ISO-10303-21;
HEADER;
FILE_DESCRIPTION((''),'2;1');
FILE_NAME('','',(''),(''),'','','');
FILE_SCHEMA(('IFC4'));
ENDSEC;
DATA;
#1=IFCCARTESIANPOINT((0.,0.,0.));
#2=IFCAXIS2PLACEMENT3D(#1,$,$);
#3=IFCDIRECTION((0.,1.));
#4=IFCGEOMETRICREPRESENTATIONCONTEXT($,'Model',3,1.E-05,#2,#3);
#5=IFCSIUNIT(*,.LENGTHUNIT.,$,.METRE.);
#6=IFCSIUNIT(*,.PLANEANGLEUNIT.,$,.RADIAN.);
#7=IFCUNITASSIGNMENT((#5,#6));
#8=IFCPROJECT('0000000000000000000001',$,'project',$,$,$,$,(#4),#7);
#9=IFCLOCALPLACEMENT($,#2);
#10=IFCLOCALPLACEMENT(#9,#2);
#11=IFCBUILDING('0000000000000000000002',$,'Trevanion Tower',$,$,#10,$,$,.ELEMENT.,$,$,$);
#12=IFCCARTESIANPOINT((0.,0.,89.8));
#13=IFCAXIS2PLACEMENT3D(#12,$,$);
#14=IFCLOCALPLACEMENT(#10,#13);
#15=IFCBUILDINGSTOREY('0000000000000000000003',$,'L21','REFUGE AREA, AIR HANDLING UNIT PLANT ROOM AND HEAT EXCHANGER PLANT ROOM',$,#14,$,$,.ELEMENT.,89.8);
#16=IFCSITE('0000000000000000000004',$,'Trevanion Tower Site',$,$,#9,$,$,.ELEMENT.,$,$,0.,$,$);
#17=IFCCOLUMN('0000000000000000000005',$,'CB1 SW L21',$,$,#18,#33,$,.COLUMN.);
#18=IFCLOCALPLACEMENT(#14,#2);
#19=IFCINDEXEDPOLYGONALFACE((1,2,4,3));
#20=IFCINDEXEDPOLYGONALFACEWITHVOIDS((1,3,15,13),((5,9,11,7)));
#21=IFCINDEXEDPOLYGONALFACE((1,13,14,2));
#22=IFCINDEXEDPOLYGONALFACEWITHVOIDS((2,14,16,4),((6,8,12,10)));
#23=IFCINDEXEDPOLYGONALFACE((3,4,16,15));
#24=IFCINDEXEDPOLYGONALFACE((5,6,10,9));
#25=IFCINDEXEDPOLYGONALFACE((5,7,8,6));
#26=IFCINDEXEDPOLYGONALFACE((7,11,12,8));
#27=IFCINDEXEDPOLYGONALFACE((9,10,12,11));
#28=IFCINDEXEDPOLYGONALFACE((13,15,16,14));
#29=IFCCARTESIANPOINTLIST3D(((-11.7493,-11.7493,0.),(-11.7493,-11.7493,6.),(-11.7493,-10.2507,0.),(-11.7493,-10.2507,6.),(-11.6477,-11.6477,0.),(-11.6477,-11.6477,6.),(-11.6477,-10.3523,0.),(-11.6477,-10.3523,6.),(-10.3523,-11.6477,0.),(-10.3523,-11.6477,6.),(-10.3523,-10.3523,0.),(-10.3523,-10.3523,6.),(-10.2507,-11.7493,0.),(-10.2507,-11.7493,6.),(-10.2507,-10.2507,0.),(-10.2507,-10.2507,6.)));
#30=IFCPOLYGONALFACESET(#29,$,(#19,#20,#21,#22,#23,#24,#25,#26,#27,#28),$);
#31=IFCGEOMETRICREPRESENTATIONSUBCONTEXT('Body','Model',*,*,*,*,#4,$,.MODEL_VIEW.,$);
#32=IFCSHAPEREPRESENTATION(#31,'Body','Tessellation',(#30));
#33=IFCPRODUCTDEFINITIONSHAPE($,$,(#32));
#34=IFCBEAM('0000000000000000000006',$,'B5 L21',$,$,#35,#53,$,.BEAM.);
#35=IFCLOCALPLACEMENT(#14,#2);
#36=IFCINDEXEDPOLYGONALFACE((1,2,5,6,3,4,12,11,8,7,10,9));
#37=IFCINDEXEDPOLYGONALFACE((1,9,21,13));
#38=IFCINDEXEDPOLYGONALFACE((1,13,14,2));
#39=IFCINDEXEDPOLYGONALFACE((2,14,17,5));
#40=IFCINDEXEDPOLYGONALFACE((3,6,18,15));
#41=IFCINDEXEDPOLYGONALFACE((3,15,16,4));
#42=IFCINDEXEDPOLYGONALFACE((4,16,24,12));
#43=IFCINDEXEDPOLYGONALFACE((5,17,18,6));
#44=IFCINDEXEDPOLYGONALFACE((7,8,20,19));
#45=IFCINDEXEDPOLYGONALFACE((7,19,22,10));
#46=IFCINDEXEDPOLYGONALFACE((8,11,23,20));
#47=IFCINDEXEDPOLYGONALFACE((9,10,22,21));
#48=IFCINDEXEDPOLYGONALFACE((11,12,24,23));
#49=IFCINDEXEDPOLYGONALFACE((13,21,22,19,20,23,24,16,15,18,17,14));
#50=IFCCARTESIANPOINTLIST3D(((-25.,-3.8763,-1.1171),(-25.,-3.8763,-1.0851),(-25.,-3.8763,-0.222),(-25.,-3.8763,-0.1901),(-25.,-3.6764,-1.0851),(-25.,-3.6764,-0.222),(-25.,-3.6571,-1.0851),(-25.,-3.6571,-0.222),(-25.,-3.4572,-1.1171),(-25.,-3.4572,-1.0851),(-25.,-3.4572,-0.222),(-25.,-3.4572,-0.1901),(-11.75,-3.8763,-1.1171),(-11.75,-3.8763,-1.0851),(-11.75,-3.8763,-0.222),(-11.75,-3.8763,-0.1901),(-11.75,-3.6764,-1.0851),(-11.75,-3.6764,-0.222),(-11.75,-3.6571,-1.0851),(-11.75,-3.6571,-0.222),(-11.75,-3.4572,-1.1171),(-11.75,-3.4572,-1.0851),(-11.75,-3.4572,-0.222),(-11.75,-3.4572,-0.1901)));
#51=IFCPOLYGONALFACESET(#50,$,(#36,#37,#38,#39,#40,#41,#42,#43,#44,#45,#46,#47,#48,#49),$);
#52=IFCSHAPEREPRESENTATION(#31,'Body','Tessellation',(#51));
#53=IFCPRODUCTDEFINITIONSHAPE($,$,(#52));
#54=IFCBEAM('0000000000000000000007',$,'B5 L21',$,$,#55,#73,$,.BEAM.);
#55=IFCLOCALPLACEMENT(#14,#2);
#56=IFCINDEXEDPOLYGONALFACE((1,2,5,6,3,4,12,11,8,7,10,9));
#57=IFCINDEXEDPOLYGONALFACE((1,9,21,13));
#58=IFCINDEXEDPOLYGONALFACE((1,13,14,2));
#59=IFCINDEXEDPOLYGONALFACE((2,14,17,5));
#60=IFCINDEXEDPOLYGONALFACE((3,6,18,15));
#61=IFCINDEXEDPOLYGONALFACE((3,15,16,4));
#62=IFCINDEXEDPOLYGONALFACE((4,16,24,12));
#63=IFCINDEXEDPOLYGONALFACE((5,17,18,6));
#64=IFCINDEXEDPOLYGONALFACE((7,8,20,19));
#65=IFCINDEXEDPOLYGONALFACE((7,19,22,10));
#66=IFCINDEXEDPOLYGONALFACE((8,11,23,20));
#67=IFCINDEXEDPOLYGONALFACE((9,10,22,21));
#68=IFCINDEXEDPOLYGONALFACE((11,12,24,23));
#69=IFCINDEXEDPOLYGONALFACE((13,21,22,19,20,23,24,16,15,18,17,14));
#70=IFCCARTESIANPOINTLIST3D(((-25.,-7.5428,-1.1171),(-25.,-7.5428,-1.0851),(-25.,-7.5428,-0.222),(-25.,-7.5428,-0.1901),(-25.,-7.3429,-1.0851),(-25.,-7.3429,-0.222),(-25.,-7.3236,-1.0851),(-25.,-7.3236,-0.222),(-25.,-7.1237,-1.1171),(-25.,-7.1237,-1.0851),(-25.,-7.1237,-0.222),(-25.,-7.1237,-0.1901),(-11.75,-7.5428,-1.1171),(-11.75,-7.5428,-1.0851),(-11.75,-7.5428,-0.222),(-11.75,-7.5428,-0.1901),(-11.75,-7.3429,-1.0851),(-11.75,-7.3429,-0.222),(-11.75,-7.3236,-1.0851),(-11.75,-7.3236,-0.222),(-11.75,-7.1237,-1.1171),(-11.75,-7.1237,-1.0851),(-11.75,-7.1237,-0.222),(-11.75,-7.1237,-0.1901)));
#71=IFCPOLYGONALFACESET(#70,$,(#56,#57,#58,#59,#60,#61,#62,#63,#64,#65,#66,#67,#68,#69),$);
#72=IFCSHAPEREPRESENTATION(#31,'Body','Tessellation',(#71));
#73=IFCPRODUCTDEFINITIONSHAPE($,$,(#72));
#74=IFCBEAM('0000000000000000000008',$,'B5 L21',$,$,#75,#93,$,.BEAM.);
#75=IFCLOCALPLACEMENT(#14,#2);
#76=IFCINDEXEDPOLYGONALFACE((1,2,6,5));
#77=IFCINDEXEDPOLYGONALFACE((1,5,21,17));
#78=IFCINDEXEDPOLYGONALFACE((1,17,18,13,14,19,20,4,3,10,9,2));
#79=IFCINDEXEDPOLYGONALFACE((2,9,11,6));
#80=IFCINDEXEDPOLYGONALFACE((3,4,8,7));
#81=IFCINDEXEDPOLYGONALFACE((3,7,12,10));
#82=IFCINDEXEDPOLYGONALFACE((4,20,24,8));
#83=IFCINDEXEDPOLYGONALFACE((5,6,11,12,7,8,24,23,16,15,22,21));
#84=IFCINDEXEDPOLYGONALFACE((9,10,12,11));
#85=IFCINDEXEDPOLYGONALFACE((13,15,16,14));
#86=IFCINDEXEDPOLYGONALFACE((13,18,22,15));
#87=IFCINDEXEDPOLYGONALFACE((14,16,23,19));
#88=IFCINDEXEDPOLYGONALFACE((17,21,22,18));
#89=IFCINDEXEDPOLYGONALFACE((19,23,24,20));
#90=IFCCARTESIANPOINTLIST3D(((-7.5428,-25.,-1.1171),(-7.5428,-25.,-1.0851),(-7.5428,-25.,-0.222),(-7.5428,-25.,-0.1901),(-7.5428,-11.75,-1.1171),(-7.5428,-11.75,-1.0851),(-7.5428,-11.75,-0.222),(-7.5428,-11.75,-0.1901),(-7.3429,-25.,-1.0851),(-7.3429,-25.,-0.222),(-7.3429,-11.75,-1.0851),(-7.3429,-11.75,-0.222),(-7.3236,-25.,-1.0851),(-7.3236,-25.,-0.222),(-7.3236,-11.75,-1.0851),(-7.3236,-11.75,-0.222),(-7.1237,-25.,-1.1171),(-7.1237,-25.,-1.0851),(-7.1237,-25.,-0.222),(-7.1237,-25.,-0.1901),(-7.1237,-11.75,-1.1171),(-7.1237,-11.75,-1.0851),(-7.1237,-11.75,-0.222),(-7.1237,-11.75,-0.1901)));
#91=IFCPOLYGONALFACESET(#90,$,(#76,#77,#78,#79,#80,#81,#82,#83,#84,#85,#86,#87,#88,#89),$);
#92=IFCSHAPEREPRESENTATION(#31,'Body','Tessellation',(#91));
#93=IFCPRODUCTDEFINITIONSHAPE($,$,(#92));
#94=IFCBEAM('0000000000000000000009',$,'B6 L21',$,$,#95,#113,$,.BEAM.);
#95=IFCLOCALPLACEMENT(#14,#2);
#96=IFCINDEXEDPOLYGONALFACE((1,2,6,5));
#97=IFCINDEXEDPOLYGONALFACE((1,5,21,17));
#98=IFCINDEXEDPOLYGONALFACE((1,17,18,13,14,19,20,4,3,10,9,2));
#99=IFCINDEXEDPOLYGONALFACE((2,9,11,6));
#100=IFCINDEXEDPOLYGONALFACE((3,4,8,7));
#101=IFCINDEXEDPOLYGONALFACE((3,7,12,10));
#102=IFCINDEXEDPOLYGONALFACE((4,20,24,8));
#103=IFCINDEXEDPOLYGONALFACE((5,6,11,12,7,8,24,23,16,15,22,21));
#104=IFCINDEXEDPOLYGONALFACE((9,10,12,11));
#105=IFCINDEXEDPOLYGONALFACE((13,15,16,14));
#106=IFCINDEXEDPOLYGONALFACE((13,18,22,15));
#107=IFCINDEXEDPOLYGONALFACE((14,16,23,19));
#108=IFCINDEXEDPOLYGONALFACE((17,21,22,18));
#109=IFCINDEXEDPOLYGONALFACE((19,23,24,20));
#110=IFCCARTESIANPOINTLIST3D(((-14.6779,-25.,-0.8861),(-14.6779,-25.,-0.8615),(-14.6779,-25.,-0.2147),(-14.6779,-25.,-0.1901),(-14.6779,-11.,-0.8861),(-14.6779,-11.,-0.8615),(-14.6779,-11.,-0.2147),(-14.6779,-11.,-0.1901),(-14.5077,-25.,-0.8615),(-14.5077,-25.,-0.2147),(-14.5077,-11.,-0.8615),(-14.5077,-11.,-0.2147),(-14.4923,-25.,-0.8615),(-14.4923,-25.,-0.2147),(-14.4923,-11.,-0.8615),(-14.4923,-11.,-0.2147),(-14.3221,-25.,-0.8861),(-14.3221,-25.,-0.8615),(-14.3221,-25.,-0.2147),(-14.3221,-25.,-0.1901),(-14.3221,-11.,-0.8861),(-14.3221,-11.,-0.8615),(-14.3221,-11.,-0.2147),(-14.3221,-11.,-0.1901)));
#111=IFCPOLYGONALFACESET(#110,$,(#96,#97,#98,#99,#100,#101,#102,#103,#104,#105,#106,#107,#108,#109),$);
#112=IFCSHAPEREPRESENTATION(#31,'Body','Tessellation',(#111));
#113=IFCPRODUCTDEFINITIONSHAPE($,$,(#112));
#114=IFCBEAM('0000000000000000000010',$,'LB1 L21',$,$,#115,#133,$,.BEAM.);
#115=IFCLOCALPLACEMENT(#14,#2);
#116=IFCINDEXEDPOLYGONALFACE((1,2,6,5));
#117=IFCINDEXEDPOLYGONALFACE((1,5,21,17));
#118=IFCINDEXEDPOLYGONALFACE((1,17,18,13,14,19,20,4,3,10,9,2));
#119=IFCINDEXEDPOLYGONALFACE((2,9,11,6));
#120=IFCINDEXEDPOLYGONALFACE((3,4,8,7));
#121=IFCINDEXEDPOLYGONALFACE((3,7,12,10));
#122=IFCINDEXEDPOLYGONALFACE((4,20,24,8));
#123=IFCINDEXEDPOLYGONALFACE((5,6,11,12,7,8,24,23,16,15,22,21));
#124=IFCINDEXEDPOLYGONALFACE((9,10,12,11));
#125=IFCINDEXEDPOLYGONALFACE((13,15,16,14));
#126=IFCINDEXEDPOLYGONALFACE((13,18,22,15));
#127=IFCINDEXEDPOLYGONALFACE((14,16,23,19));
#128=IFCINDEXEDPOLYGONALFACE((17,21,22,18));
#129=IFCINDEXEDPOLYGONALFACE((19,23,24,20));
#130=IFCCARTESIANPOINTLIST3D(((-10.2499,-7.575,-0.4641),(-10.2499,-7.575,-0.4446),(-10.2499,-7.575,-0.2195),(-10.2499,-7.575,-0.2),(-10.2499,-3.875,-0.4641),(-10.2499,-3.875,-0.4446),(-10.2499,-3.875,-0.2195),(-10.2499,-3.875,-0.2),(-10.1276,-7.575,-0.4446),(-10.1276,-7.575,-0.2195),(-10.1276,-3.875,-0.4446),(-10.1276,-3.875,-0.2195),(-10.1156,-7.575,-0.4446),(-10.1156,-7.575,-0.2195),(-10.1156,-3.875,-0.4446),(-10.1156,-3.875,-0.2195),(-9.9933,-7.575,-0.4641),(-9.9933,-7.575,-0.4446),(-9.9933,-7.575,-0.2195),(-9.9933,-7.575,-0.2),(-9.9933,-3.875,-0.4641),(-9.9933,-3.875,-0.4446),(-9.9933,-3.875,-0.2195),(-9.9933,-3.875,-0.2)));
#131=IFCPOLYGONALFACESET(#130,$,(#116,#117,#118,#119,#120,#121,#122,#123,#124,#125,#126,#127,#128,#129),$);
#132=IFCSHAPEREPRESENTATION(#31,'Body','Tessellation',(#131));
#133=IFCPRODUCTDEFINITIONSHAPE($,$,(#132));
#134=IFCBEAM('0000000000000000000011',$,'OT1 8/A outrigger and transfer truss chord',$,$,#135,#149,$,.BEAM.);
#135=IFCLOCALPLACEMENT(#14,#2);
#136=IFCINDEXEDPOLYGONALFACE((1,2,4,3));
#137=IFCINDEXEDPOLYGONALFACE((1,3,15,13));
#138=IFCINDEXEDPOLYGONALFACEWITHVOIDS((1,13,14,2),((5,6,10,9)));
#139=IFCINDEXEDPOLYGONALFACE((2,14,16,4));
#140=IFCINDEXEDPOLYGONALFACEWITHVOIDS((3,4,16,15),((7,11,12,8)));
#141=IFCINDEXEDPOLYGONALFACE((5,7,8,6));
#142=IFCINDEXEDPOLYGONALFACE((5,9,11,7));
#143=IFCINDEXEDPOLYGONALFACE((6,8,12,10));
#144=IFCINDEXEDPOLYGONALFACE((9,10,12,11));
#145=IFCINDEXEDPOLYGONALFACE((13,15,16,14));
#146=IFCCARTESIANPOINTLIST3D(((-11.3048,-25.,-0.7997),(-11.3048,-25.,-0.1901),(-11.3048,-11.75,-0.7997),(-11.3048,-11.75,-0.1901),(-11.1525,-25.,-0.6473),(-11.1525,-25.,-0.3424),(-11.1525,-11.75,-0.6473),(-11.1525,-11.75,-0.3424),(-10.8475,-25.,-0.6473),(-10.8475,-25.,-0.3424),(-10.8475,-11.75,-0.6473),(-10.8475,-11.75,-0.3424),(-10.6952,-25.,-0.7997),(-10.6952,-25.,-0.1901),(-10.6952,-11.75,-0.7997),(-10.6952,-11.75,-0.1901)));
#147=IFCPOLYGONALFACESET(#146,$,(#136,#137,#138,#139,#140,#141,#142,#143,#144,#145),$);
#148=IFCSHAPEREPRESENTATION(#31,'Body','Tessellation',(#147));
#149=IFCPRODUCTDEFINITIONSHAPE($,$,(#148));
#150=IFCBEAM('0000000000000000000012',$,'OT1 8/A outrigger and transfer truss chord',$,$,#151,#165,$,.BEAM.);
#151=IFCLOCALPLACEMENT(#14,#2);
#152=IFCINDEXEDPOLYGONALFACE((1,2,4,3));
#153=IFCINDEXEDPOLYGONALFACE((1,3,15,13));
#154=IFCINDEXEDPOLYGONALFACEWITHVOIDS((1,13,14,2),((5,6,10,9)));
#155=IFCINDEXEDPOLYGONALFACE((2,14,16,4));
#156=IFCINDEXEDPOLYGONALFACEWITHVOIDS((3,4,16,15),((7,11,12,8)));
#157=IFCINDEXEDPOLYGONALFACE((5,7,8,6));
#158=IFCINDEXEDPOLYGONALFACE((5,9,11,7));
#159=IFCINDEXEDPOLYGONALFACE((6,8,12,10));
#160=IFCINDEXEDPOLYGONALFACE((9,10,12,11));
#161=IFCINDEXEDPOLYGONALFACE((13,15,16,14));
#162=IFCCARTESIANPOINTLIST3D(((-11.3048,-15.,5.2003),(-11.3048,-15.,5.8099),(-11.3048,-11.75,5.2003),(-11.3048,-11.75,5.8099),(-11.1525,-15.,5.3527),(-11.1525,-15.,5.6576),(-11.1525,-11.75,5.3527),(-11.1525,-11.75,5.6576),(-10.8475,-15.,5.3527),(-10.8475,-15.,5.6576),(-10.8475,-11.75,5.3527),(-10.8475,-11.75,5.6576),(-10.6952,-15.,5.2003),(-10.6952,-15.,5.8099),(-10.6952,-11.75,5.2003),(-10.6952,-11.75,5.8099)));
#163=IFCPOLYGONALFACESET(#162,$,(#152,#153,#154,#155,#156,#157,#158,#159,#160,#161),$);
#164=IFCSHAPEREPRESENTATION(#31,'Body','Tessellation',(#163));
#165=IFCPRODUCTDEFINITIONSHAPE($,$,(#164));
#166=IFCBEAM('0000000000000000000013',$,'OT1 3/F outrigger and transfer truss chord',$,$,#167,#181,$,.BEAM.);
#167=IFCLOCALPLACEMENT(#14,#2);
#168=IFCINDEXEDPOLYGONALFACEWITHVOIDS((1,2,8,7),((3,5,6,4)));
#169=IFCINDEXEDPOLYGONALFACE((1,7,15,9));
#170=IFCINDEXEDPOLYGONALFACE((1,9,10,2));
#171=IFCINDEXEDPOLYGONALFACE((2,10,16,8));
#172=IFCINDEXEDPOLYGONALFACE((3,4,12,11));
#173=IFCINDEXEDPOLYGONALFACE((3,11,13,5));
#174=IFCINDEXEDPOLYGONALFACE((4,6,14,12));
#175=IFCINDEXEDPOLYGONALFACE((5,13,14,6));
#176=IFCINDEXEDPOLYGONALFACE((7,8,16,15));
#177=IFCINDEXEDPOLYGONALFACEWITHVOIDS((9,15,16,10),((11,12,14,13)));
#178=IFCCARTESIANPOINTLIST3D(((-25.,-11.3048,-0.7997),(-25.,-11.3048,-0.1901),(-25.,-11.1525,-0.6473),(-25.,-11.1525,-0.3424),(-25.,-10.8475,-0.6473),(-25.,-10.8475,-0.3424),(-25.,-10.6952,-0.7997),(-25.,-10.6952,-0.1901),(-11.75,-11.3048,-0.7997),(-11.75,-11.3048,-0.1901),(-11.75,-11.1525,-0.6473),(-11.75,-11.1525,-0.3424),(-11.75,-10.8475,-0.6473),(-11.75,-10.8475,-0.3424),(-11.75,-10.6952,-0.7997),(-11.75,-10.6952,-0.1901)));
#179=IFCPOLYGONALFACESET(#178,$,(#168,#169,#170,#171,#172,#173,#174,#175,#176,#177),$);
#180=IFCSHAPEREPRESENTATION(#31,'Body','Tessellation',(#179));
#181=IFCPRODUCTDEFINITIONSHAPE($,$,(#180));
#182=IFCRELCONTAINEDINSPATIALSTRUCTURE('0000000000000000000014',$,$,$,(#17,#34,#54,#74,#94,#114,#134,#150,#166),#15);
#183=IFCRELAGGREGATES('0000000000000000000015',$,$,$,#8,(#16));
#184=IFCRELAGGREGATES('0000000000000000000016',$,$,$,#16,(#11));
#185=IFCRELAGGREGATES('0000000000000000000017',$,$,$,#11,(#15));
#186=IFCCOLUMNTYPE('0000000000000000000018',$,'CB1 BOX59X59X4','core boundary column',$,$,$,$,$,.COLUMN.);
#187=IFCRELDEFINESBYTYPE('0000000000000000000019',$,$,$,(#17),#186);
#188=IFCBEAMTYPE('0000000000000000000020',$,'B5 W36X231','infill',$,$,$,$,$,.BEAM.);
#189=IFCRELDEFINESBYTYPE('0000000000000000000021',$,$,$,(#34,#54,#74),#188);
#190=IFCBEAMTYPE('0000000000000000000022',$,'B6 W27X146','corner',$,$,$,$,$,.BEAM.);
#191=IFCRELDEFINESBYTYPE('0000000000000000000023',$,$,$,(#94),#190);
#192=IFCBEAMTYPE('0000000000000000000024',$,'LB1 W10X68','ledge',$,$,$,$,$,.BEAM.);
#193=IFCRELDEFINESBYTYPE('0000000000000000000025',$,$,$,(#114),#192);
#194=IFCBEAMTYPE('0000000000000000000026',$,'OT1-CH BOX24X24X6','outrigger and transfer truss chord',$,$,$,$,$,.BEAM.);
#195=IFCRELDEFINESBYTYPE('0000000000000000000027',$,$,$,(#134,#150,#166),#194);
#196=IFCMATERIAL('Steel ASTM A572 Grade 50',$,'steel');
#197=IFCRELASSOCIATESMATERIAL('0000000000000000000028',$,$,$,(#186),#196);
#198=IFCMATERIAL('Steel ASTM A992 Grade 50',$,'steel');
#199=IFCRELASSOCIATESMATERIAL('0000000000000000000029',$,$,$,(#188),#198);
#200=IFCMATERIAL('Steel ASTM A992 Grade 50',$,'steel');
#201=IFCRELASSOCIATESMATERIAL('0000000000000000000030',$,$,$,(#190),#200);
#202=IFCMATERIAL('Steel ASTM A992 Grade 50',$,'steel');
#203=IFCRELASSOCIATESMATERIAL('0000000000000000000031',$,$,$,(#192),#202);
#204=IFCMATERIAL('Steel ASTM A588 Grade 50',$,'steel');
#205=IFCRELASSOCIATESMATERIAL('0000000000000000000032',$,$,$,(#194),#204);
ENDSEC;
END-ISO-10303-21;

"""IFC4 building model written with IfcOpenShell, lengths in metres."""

from ifc_helpers import new_model, si_unit, direction, frame, origin, origin_2d, place, context, subcontext, project, spatial, hollow_rectangle, i_section, extrude, material, material_profile, profile_set, type_object, element, save


model = new_model("IFC4")

# Units and contexts
model_context = context("Model", 3, precision=1e-05, world=origin(), true_north=direction((0.0, 1.0)))
body_context = subcontext(model_context, "Body", "Model", "MODEL_VIEW")
ifc_project = project(units=[si_unit("LENGTHUNIT", "METRE"), si_unit("PLANEANGLEUNIT", "RADIAN")], contexts=[model_context])

# Site, building, storey
site_placement = place(None, origin())
site = spatial("IfcSite", under=ifc_project, at=site_placement, Name="Trevanion Tower Site", CompositionType="ELEMENT", RefElevation=0.0)
building_placement = place(site_placement, origin())
building = spatial("IfcBuilding", under=site, at=building_placement, Name="Trevanion Tower", CompositionType="ELEMENT")
storey_placement = place(building_placement, frame((0.0, 0.0, 89.8)))
storey = spatial("IfcBuildingStorey", under=building, at=storey_placement, Name="L21", Description="REFUGE AREA, AIR HANDLING UNIT PLANT ROOM AND HEAT EXCHANGER PLANT ROOM", CompositionType="ELEMENT", Elevation=89.8)

# Column
ifc_material_1 = material(Name="Steel ASTM A572 Grade 50", Category="steel")
ifc_material_profile_1 = material_profile(ifc_material_1, hollow_rectangle(XDim=1.4985, YDim=1.4985, WallThickness=0.1016, at=origin_2d()), Name="BOX59X59X4")
ifc_profile_set_1 = profile_set([ifc_material_profile_1], Name="Steel ASTM A572 Grade 50")
column_type = type_object("IfcColumnType", Name="CB1 BOX59X59X4", Description="core boundary column", PredefinedType="COLUMN", material=ifc_profile_set_1)
column_placement = place(storey_placement, frame((-11.0, -11.0, 0.0), z_axis=(0.0, 0.0, 1.0), x_axis=(1.0, 0.0, 0.0)))
element("IfcColumn", 1, at=column_placement, inside=storey, type_object=column_type, Name="CB1 SW L21", PredefinedType="COLUMN", context=body_context, shape_type="SweptSolid", body=[
    extrude(hollow_rectangle(XDim=1.4985, YDim=1.4985, WallThickness=0.1016, at=origin_2d()), origin(), (0.0, 0.0, 1.0), 6.0),
])

# Beams
ifc_material_2 = material(Name="Steel ASTM A992 Grade 50", Category="steel")
ifc_material_profile_2 = material_profile(ifc_material_2, i_section(OverallWidth=0.4192, OverallDepth=0.927, WebThickness=0.0193, FlangeThickness=0.032, at=origin_2d()), Name="W36X231")
ifc_profile_set_2 = profile_set([ifc_material_profile_2], Name="Steel ASTM A992 Grade 50")
beam_type_1 = type_object("IfcBeamType", Name="B5 W36X231", Description="infill", PredefinedType="BEAM", material=ifc_profile_set_2)
for number, where, z_axis, x_axis, name in (
    (2, (-11.75, -3.6667, -0.6536), (-1.0, 0.0, 0.0), (0.0, -1.0, 0.0), "B5 L21"),
    (3, (-11.75, -7.3333, -0.6536), (-1.0, 0.0, 0.0), (0.0, -1.0, 0.0), "B5 L21"),
    (4, (-7.3333, -11.75, -0.6536), (0.0, -1.0, 0.0), (1.0, 0.0, 0.0), "B5 L21"),
):
    element("IfcBeam", number, at=place(storey_placement, frame(where, z_axis=z_axis, x_axis=x_axis)), inside=storey, type_object=beam_type_1, Name=name, PredefinedType="BEAM", context=body_context, shape_type="SweptSolid", body=[
        extrude(i_section(OverallWidth=0.4192, OverallDepth=0.927, WebThickness=0.0193, FlangeThickness=0.032, at=origin_2d()), origin(), (0.0, 0.0, 1.0), 13.25),
    ])
ifc_material_3 = material(Name="Steel ASTM A992 Grade 50", Category="steel")
ifc_material_profile_3 = material_profile(ifc_material_3, i_section(OverallWidth=0.3557, OverallDepth=0.696, WebThickness=0.0154, FlangeThickness=0.0247, at=origin_2d()), Name="W27X146")
ifc_profile_set_3 = profile_set([ifc_material_profile_3], Name="Steel ASTM A992 Grade 50")
beam_type_2 = type_object("IfcBeamType", Name="B6 W27X146", Description="corner", PredefinedType="BEAM", material=ifc_profile_set_3)
beam_1_placement = place(storey_placement, frame((-14.5, -11.0, -0.5381), z_axis=(0.0, -1.0, 0.0), x_axis=(1.0, 0.0, 0.0)))
element("IfcBeam", 5, at=beam_1_placement, inside=storey, type_object=beam_type_2, Name="B6 L21", PredefinedType="BEAM", context=body_context, shape_type="SweptSolid", body=[
    extrude(i_section(OverallWidth=0.3557, OverallDepth=0.696, WebThickness=0.0154, FlangeThickness=0.0247, at=origin_2d()), origin(), (0.0, 0.0, 1.0), 14.0),
])
ifc_material_4 = material(Name="Steel ASTM A992 Grade 50", Category="steel")
ifc_material_profile_4 = material_profile(ifc_material_4, i_section(OverallWidth=0.2566, OverallDepth=0.2642, WebThickness=0.012, FlangeThickness=0.0195, at=origin_2d()), Name="W10X68")
ifc_profile_set_4 = profile_set([ifc_material_profile_4], Name="Steel ASTM A992 Grade 50")
beam_type_3 = type_object("IfcBeamType", Name="LB1 W10X68", Description="ledge", PredefinedType="BEAM", material=ifc_profile_set_4)
beam_2_placement = place(storey_placement, frame((-10.1216, -7.575, -0.332), z_axis=(0.0, 1.0, 0.0), x_axis=(-1.0, 0.0, 0.0)))
element("IfcBeam", 6, at=beam_2_placement, inside=storey, type_object=beam_type_3, Name="LB1 L21", PredefinedType="BEAM", context=body_context, shape_type="SweptSolid", body=[
    extrude(i_section(OverallWidth=0.2566, OverallDepth=0.2642, WebThickness=0.012, FlangeThickness=0.0195, at=origin_2d()), origin(), (0.0, 0.0, 1.0), 3.7),
])
ifc_material_5 = material(Name="Steel ASTM A588 Grade 50", Category="steel")
ifc_material_profile_5 = material_profile(ifc_material_5, hollow_rectangle(XDim=0.6096, YDim=0.6096, WallThickness=0.1523, at=origin_2d()), Name="BOX24X24X6")
ifc_profile_set_5 = profile_set([ifc_material_profile_5], Name="Steel ASTM A588 Grade 50")
beam_type_4 = type_object("IfcBeamType", Name="OT1-CH BOX24X24X6", Description="outrigger and transfer truss chord", PredefinedType="BEAM", material=ifc_profile_set_5)
beam_3_placement = place(storey_placement, frame((-11.0, -11.75, -0.4949), z_axis=(0.0, -1.0, 0.0), x_axis=(1.0, 0.0, 0.0)))
element("IfcBeam", 7, at=beam_3_placement, inside=storey, type_object=beam_type_4, Name="OT1 8/A outrigger and transfer truss chord", PredefinedType="BEAM", context=body_context, shape_type="SweptSolid", body=[
    extrude(hollow_rectangle(XDim=0.6096, YDim=0.6096, WallThickness=0.1523, at=origin_2d()), origin(), (0.0, 0.0, 1.0), 13.25),
])
beam_4_placement = place(storey_placement, frame((-11.0, -11.75, 5.5051), z_axis=(0.0, -1.0, 0.0), x_axis=(1.0, 0.0, 0.0)))
element("IfcBeam", 8, at=beam_4_placement, inside=storey, type_object=beam_type_4, Name="OT1 8/A outrigger and transfer truss chord", PredefinedType="BEAM", context=body_context, shape_type="SweptSolid", body=[
    extrude(hollow_rectangle(XDim=0.6096, YDim=0.6096, WallThickness=0.1523, at=origin_2d()), origin(), (0.0, 0.0, 1.0), 3.25),
])
beam_5_placement = place(storey_placement, frame((-11.75, -11.0, -0.4949), z_axis=(-1.0, 0.0, 0.0), x_axis=(0.0, -1.0, 0.0)))
element("IfcBeam", 9, at=beam_5_placement, inside=storey, type_object=beam_type_4, Name="OT1 3/F outrigger and transfer truss chord", PredefinedType="BEAM", context=body_context, shape_type="SweptSolid", body=[
    extrude(hollow_rectangle(XDim=0.6096, YDim=0.6096, WallThickness=0.1523, at=origin_2d()), origin(), (0.0, 0.0, 1.0), 13.25),
])

save(model, "model.ifc")
